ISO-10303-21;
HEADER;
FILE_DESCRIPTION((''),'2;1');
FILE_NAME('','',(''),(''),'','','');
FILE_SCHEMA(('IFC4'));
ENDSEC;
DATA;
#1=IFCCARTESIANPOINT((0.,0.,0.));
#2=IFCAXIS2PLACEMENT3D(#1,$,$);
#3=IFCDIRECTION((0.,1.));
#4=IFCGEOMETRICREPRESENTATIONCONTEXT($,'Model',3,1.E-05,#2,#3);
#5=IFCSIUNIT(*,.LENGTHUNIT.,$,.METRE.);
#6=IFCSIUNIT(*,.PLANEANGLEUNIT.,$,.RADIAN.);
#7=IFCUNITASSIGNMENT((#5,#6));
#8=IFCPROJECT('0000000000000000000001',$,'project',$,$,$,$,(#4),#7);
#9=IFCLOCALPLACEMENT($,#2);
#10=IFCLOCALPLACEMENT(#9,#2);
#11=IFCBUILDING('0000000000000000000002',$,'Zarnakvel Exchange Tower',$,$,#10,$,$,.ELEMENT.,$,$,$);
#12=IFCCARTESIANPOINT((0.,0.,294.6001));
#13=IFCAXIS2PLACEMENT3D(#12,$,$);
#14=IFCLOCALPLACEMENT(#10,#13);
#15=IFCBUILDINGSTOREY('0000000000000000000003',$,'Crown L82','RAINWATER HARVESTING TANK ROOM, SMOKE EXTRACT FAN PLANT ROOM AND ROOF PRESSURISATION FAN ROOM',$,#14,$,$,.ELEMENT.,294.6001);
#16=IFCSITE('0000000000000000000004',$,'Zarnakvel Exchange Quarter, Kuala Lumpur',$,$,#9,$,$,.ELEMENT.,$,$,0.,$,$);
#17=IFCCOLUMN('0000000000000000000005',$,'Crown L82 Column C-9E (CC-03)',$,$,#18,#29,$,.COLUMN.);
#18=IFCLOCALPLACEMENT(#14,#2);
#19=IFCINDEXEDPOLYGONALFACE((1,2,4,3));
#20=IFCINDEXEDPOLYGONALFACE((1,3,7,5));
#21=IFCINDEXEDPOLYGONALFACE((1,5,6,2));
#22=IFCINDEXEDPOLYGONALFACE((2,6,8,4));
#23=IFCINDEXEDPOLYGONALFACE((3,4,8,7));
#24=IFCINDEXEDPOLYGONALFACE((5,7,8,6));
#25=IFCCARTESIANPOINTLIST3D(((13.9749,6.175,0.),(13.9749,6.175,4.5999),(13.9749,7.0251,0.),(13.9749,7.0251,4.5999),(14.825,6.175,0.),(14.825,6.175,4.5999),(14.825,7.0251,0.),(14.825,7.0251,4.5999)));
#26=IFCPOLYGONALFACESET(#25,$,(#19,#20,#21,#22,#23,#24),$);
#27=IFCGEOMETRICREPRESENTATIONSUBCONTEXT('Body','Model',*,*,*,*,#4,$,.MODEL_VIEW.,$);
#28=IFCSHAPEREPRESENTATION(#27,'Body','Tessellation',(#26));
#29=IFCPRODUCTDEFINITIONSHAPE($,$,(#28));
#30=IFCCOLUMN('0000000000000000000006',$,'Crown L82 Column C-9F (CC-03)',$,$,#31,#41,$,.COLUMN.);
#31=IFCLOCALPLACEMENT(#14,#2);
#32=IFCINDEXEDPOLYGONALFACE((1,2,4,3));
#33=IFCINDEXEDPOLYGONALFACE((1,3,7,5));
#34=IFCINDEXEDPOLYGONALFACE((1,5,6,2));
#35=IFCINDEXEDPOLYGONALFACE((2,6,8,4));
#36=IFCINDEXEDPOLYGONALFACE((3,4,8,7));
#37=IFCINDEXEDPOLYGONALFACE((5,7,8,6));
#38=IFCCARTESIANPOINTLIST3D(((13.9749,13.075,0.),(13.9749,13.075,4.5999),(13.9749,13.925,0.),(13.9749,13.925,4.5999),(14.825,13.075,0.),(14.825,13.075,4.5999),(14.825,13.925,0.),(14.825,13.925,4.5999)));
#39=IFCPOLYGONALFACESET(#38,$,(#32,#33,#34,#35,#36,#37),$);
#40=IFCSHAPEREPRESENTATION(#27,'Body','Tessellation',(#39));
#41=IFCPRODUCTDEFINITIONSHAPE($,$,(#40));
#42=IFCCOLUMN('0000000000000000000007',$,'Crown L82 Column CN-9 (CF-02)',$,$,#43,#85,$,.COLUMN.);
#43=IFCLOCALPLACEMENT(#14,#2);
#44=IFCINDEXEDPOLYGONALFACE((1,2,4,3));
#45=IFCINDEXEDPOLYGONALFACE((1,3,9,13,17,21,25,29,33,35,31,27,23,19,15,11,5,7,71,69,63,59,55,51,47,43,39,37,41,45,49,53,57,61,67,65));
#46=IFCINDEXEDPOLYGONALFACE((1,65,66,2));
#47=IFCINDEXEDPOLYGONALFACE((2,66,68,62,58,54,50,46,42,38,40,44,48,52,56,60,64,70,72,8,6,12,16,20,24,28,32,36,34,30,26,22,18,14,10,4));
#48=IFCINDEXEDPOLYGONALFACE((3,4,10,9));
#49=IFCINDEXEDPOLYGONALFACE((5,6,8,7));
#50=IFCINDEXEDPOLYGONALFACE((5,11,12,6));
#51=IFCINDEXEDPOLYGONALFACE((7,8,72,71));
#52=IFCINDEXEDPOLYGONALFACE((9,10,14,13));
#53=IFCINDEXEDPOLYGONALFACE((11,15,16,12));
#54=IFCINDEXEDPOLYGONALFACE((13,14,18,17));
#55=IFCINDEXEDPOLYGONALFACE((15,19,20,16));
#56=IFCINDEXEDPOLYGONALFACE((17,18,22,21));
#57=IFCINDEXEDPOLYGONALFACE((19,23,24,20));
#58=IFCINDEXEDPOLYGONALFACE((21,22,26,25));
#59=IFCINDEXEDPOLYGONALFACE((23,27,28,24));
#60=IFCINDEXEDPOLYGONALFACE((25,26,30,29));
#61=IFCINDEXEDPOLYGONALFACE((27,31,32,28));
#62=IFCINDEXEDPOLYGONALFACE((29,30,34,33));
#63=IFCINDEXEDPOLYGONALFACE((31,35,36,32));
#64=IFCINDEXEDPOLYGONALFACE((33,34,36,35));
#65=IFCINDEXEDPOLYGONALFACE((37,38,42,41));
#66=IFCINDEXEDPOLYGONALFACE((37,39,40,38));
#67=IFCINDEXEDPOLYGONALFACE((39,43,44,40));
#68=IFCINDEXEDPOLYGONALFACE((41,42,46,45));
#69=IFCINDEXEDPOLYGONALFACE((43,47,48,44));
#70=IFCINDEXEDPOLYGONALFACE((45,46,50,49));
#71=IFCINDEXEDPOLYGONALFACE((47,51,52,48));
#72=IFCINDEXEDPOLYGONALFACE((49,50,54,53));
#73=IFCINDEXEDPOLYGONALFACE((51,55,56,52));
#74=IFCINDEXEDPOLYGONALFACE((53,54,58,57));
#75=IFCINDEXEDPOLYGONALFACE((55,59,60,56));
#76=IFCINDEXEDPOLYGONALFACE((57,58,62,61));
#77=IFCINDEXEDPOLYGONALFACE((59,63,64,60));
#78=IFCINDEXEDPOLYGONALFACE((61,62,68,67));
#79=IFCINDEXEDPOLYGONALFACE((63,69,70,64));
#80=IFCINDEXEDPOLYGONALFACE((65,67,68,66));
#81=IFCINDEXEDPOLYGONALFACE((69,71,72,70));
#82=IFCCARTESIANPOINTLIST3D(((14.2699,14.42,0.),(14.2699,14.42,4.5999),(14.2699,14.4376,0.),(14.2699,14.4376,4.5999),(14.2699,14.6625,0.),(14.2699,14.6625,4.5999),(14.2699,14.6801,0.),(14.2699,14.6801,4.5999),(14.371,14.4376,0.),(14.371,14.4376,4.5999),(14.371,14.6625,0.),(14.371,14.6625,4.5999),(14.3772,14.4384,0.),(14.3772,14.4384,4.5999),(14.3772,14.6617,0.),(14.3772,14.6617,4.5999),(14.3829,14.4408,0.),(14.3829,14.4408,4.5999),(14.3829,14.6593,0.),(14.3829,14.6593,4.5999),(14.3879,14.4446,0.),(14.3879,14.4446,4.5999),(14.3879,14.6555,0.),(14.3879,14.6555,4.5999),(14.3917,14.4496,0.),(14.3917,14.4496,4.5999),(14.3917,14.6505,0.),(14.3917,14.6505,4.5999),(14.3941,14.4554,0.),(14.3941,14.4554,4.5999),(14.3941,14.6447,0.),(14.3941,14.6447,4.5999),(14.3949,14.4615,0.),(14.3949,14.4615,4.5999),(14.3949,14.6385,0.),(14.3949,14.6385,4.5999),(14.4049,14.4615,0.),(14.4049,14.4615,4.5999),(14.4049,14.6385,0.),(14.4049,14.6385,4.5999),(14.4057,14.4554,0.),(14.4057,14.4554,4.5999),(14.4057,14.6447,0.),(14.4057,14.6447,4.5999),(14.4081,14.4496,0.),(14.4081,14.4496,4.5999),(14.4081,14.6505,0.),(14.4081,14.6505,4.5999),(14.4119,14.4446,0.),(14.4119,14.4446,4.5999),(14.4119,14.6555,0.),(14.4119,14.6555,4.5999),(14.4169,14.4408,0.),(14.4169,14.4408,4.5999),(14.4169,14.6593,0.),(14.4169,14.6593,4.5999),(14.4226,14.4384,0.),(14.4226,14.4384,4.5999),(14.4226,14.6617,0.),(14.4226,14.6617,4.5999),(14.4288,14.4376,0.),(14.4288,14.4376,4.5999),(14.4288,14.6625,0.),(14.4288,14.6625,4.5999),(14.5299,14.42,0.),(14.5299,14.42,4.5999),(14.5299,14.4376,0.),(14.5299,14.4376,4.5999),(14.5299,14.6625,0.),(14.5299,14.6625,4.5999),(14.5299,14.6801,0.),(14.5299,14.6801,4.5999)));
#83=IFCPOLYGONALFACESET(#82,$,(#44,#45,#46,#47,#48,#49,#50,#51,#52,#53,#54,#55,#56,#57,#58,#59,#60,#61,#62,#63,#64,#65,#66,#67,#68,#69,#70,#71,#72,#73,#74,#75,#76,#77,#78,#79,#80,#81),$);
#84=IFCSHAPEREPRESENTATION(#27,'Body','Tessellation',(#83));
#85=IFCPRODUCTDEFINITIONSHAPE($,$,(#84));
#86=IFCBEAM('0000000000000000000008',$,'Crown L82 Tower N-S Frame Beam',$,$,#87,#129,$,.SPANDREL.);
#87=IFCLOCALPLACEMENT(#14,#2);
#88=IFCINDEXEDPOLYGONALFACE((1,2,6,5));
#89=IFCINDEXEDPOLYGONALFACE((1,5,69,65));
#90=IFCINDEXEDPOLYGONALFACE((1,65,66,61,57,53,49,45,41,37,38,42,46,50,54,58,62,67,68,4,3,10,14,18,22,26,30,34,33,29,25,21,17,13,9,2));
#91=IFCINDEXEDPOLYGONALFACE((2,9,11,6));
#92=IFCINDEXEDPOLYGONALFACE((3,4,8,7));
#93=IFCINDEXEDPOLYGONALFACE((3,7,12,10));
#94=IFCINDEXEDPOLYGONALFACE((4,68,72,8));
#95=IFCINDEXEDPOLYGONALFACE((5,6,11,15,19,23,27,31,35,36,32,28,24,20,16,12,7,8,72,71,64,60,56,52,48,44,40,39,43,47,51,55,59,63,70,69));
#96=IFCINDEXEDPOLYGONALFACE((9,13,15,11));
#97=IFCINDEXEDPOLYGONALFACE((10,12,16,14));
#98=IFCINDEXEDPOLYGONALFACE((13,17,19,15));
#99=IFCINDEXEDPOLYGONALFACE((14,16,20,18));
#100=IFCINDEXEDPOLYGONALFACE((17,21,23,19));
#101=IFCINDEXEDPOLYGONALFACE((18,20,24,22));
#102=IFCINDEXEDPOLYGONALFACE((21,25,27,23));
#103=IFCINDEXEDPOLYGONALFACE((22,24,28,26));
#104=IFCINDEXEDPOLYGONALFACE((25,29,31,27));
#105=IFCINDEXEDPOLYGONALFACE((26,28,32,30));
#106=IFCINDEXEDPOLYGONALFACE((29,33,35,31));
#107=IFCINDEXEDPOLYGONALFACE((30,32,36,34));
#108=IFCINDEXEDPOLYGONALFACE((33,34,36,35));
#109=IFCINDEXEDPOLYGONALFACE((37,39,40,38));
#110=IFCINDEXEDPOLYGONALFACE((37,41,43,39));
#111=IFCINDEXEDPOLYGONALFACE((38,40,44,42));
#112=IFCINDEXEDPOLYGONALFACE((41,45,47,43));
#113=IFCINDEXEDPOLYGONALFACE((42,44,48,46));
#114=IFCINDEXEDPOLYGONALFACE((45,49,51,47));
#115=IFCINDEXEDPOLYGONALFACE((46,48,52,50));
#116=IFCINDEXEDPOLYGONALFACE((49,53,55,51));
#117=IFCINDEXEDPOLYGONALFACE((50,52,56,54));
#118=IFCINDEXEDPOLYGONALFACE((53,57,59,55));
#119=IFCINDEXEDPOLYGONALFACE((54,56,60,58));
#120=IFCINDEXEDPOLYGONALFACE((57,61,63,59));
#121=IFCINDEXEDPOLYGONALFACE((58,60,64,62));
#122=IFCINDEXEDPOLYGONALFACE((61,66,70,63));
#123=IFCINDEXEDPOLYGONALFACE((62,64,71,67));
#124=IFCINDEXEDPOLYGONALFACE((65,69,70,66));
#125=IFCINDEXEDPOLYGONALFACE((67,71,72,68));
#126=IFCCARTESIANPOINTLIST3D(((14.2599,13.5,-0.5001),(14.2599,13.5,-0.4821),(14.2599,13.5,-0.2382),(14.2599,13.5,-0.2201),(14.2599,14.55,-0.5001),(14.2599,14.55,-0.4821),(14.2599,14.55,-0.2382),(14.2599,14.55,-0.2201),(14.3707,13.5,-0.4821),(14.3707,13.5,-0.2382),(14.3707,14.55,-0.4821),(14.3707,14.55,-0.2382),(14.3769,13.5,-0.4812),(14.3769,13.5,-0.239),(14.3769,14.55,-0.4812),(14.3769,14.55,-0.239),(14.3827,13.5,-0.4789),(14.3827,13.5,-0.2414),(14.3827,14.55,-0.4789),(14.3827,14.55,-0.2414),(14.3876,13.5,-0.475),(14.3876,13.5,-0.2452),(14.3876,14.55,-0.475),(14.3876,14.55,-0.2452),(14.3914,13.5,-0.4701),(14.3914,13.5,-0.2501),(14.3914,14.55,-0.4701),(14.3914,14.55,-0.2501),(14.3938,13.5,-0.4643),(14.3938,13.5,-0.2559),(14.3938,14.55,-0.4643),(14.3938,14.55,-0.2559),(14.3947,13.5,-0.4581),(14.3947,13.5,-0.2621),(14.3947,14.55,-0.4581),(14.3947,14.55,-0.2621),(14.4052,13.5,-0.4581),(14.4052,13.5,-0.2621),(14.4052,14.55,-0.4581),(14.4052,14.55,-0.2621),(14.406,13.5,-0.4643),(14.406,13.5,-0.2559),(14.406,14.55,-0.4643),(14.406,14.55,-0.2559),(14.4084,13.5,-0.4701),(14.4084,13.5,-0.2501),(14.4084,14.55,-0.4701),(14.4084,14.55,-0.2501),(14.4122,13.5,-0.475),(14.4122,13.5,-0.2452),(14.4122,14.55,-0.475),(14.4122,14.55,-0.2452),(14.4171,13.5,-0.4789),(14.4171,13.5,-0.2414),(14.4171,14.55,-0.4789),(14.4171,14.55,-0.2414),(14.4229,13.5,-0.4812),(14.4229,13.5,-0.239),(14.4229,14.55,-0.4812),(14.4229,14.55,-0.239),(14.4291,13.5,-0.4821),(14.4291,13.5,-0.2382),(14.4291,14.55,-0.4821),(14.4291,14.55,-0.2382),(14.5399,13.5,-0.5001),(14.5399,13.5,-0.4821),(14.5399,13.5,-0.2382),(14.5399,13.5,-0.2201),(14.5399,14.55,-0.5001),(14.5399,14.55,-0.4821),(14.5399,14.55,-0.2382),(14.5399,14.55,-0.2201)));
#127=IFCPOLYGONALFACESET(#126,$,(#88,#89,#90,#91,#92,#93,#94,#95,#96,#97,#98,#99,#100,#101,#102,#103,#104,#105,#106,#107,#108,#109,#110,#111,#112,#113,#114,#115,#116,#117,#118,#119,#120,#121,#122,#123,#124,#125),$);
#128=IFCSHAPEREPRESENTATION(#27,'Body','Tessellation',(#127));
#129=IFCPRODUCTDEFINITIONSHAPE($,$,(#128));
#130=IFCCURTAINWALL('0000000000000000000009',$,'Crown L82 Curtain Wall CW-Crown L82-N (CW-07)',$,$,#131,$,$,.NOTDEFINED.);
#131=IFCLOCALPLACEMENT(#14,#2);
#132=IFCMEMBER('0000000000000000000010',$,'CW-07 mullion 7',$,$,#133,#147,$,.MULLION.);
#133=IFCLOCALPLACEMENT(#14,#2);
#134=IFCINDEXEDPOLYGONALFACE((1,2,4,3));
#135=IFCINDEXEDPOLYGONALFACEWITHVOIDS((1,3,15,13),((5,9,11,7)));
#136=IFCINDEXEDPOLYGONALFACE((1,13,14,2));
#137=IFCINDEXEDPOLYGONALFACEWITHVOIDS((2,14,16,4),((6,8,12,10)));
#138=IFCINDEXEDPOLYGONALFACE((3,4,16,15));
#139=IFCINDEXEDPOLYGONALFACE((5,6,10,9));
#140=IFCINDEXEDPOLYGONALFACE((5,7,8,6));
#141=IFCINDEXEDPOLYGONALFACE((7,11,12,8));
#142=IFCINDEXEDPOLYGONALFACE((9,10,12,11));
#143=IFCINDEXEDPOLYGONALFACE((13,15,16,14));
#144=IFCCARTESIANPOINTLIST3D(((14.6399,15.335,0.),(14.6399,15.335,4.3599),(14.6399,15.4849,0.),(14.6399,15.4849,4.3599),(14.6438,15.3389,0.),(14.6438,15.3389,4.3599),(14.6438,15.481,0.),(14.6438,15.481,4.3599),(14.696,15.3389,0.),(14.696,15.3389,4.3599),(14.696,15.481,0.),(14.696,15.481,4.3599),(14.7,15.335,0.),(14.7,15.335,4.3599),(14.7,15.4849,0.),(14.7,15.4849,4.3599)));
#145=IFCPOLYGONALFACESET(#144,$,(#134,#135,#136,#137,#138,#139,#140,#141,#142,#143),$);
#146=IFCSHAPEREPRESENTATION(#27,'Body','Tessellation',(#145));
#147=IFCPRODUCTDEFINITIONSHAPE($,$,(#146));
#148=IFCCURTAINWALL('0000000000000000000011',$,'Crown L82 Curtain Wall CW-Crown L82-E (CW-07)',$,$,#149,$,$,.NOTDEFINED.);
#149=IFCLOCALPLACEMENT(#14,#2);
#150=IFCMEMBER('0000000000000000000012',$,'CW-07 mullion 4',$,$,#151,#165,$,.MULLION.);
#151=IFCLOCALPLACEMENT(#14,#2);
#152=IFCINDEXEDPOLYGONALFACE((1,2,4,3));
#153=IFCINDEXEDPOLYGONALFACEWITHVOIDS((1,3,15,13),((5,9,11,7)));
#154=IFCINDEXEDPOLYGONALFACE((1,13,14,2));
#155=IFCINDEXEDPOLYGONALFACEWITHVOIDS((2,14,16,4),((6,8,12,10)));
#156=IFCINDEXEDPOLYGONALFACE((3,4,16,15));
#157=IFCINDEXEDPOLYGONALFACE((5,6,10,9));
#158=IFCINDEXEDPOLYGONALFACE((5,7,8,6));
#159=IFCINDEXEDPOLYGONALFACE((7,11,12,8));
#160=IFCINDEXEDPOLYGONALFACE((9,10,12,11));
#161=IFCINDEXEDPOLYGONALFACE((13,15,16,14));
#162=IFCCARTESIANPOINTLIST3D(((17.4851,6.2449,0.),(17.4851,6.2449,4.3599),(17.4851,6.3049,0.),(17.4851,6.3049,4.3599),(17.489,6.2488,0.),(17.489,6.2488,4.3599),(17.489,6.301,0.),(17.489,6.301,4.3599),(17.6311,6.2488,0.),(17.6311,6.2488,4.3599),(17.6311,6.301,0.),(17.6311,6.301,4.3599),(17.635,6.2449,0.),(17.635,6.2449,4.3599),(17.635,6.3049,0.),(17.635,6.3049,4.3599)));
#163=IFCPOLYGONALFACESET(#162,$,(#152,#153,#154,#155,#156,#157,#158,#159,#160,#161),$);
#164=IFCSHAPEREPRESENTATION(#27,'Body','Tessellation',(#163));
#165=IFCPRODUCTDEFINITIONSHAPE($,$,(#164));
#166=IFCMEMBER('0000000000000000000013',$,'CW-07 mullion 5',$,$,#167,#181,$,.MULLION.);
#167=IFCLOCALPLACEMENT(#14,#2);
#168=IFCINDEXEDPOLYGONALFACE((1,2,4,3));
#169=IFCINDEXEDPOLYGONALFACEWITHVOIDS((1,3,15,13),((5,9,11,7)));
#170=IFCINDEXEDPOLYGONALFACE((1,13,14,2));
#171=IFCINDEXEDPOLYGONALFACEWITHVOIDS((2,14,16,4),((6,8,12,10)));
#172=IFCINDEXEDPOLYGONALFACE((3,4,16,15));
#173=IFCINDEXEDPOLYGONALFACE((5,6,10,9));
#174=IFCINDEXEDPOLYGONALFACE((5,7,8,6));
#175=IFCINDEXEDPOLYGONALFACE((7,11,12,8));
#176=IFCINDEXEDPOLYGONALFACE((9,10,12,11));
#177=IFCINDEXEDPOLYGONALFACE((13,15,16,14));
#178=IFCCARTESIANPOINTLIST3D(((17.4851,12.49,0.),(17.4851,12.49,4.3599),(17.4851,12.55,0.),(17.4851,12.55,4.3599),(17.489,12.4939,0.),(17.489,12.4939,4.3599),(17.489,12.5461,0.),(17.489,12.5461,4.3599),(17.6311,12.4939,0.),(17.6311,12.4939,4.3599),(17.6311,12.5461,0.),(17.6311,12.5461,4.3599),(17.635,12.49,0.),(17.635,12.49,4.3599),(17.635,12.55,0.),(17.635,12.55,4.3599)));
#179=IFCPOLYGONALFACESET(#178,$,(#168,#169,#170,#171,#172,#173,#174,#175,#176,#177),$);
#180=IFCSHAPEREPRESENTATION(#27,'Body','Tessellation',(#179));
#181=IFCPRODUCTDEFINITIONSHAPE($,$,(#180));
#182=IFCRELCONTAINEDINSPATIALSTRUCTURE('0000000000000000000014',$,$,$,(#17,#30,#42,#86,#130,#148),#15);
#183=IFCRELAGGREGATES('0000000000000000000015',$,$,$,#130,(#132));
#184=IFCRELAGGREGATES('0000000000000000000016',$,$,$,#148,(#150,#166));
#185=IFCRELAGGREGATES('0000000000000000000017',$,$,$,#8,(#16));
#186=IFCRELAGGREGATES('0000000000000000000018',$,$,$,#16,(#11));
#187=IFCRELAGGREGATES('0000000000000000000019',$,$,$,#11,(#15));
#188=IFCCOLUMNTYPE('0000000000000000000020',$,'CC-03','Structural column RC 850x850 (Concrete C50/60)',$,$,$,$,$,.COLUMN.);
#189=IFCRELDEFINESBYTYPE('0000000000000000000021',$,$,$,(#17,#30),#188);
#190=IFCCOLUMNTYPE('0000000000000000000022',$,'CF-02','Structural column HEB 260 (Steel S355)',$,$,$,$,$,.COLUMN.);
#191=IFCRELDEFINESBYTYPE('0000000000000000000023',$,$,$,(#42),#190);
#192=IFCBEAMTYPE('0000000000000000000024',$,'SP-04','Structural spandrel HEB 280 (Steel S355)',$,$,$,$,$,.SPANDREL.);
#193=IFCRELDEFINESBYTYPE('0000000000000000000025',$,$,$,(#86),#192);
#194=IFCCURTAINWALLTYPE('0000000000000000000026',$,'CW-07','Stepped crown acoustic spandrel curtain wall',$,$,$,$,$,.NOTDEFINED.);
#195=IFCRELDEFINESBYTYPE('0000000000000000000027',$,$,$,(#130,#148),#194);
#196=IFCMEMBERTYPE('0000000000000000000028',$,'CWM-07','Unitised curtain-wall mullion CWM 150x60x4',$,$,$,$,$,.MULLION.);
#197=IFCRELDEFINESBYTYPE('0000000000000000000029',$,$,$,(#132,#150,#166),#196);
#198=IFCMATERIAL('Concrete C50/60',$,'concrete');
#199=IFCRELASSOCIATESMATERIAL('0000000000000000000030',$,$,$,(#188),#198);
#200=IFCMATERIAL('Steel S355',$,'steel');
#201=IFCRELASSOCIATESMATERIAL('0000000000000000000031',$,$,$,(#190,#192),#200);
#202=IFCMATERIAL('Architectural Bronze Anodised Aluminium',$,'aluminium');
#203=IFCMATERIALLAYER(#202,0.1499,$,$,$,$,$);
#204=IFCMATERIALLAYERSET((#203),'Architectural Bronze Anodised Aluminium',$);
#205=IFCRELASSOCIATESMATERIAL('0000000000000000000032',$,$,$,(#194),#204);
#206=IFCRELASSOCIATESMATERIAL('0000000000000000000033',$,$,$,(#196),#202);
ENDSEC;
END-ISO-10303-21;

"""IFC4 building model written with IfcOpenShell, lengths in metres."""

from ifc_helpers import new_model, si_unit, direction, frame, origin, origin_2d, place, context, subcontext, project, spatial, rectangle, hollow_rectangle, i_section, extrude, source, transform, mapped, material, layer, layer_set, material_profile, profile_set, type_object, element, aggregate, save


model = new_model("IFC4")

# Units and contexts
model_context = context("Model", 3, precision=1e-05, world=origin(), true_north=direction((0.0, 1.0)))
body_context = subcontext(model_context, "Body", "Model", "MODEL_VIEW")
ifc_project = project(units=[si_unit("LENGTHUNIT", "METRE"), si_unit("PLANEANGLEUNIT", "RADIAN")], contexts=[model_context])

# Site, building, storey
site_placement = place(None, origin())
site = spatial("IfcSite", under=ifc_project, at=site_placement, Name="Zarnakvel Exchange Quarter, Kuala Lumpur", CompositionType="ELEMENT", RefElevation=0.0)
building_placement = place(site_placement, origin())
building = spatial("IfcBuilding", under=site, at=building_placement, Name="Zarnakvel Exchange Tower", CompositionType="ELEMENT")
storey_placement = place(building_placement, frame((0.0, 0.0, 294.6001)))
storey = spatial("IfcBuildingStorey", under=building, at=storey_placement, Name="Crown L82", Description="RAINWATER HARVESTING TANK ROOM, SMOKE EXTRACT FAN PLANT ROOM AND ROOF PRESSURISATION FAN ROOM", CompositionType="ELEMENT", Elevation=294.6001)

# Columns
ifc_material_1 = material(Name="Concrete C50/60", Category="concrete")
ifc_material_profile_1 = material_profile(ifc_material_1, rectangle(XDim=0.8501, YDim=0.8501, at=origin_2d()))
ifc_profile_set_1 = profile_set([ifc_material_profile_1], Name="Concrete C50/60")
column_type_1 = type_object("IfcColumnType", Name="CC-03", Description="Structural column RC 850x850 (Concrete C50/60)", PredefinedType="COLUMN", material=ifc_profile_set_1)
for number, where, z_axis, x_axis, name in (
    (1, (14.3999, 6.6001, 0.0), (0.0, 0.0, 1.0), (1.0, 0.0, 0.0), "Crown L82 Column C-9E (CC-03)"),
    (2, (14.3999, 13.5, 0.0), (0.0, 0.0, 1.0), (1.0, 0.0, 0.0), "Crown L82 Column C-9F (CC-03)"),
):
    element("IfcColumn", number, at=place(storey_placement, frame(where, z_axis=z_axis, x_axis=x_axis)), inside=storey, type_object=column_type_1, Name=name, PredefinedType="COLUMN", context=body_context, shape_type="SweptSolid", body=[
        extrude(rectangle(XDim=0.8501, YDim=0.8501, at=origin_2d()), origin(), (0.0, 0.0, 1.0), 4.5999),
    ])
ifc_material_2 = material(Name="Steel S355", Category="steel")
ifc_material_profile_2 = material_profile(ifc_material_2, i_section(OverallWidth=0.26, OverallDepth=0.26, WebThickness=0.01, FlangeThickness=0.0176, FilletRadius=0.0239, at=origin_2d()))
ifc_profile_set_2 = profile_set([ifc_material_profile_2], Name="Steel S355")
column_type_2 = type_object("IfcColumnType", Name="CF-02", Description="Structural column HEB 260 (Steel S355)", PredefinedType="COLUMN", material=ifc_profile_set_2)
column_placement = place(storey_placement, frame((14.3999, 14.55, 0.0), z_axis=(0.0, 0.0, 1.0), x_axis=(1.0, 0.0, 0.0)))
element("IfcColumn", 3, at=column_placement, inside=storey, type_object=column_type_2, Name="Crown L82 Column CN-9 (CF-02)", PredefinedType="COLUMN", context=body_context, shape_type="SweptSolid", body=[
    extrude(i_section(OverallWidth=0.26, OverallDepth=0.26, WebThickness=0.01, FlangeThickness=0.0176, FilletRadius=0.0239, at=origin_2d()), origin(), (0.0, 0.0, 1.0), 4.5999),
])

# Beam
ifc_material_profile_3 = material_profile(ifc_material_2, i_section(OverallWidth=0.28, OverallDepth=0.28, WebThickness=0.0105, FlangeThickness=0.0181, FilletRadius=0.0239, at=origin_2d()))
ifc_profile_set_3 = profile_set([ifc_material_profile_3], Name="Steel S355")
beam_type = type_object("IfcBeamType", Name="SP-04", Description="Structural spandrel HEB 280 (Steel S355)", PredefinedType="SPANDREL", material=ifc_profile_set_3)
beam_placement = place(storey_placement, frame((14.3999, 13.5, -0.3601), z_axis=(0.0, 1.0, 0.0), x_axis=(-1.0, 0.0, 0.0)))
element("IfcBeam", 4, at=beam_placement, inside=storey, type_object=beam_type, Name="Crown L82 Tower N-S Frame Beam", PredefinedType="SPANDREL", context=body_context, shape_type="SweptSolid", body=[
    extrude(i_section(OverallWidth=0.28, OverallDepth=0.28, WebThickness=0.0105, FlangeThickness=0.0181, FilletRadius=0.0239, at=origin_2d()), origin(), (0.0, 0.0, 1.0), 1.05),
])

# Curtain wall, member
ifc_material_3 = material(Name="Architectural Bronze Anodised Aluminium", Category="aluminium")
ifc_layer_1 = layer(ifc_material_3, 0.1499)
ifc_layer_set_1 = layer_set([ifc_layer_1], Name="Architectural Bronze Anodised Aluminium")
curtain_wall_type = type_object("IfcCurtainWallType", Name="CW-07", Description="Stepped crown acoustic spandrel curtain wall", PredefinedType="NOTDEFINED", material=ifc_layer_set_1)
curtain_wall_1_placement = place(storey_placement, origin())
curtain_wall_1 = element("IfcCurtainWall", 5, at=curtain_wall_1_placement, inside=storey, type_object=curtain_wall_type, Name="Crown L82 Curtain Wall CW-Crown L82-N (CW-07)", PredefinedType="NOTDEFINED")
ifc_material_profile_4 = material_profile(ifc_material_3, hollow_rectangle(XDim=0.1499, YDim=0.0601, WallThickness=0.0039, at=origin_2d()))
ifc_profile_set_4 = profile_set([ifc_material_profile_4], Name="Architectural Bronze Anodised Aluminium")
member_type_1 = type_object("IfcMemberType", Name="CWM-07", Description="Unitised curtain-wall mullion CWM 150x60x4", PredefinedType="MULLION", material=ifc_profile_set_4)
shared_shape_1 = source(origin(), body_context, "Body", "SweptSolid", [
    extrude(hollow_rectangle(XDim=0.1499, YDim=0.0601, WallThickness=0.0039, at=origin_2d()), origin(), (0.0, 0.0, 1.0), 4.3599),
])
member_1_placement = place(storey_placement, frame((14.6699, 15.4099, 0.0), z_axis=(0.0, 0.0, 1.0), x_axis=(0.0, 1.0, 0.0)))
member_1 = element("IfcMember", 6, at=member_1_placement, type_object=member_type_1, Name="CW-07 mullion 7", PredefinedType="MULLION", context=body_context, shape_type="MappedRepresentation", body=[
    mapped(shared_shape_1, transform((0.0, 0.0, 0.0), x_axis=(1.0, 0.0, 0.0), y_axis=(0.0, 1.0, 0.0), z_axis=(0.0, 0.0, 1.0), scale=1.0)),
])

# Curtain wall, members
curtain_wall_2_placement = place(storey_placement, origin())
curtain_wall_2 = element("IfcCurtainWall", 7, at=curtain_wall_2_placement, inside=storey, type_object=curtain_wall_type, Name="Crown L82 Curtain Wall CW-Crown L82-E (CW-07)", PredefinedType="NOTDEFINED")
member_2_placement = place(storey_placement, frame((17.5601, 6.2749, 0.0), z_axis=(0.0, 0.0, 1.0), x_axis=(-1.0, 0.0, 0.0)))
member_2 = element("IfcMember", 8, at=member_2_placement, type_object=member_type_1, Name="CW-07 mullion 4", PredefinedType="MULLION", context=body_context, shape_type="MappedRepresentation", body=[
    mapped(shared_shape_1, transform((0.0, 0.0, 0.0), x_axis=(1.0, 0.0, 0.0), y_axis=(0.0, 1.0, 0.0), z_axis=(0.0, 0.0, 1.0), scale=1.0)),
])
member_3_placement = place(storey_placement, frame((17.5601, 12.52, 0.0), z_axis=(0.0, 0.0, 1.0), x_axis=(-1.0, 0.0, 0.0)))
member_3 = element("IfcMember", 9, at=member_3_placement, type_object=member_type_1, Name="CW-07 mullion 5", PredefinedType="MULLION", context=body_context, shape_type="MappedRepresentation", body=[
    mapped(shared_shape_1, transform((0.0, 0.0, 0.0), x_axis=(1.0, 0.0, 0.0), y_axis=(0.0, 1.0, 0.0), z_axis=(0.0, 0.0, 1.0), scale=1.0)),
])

aggregate(curtain_wall_1, [member_1])
aggregate(curtain_wall_2, [member_2, member_3])

save(model, "model.ifc")
